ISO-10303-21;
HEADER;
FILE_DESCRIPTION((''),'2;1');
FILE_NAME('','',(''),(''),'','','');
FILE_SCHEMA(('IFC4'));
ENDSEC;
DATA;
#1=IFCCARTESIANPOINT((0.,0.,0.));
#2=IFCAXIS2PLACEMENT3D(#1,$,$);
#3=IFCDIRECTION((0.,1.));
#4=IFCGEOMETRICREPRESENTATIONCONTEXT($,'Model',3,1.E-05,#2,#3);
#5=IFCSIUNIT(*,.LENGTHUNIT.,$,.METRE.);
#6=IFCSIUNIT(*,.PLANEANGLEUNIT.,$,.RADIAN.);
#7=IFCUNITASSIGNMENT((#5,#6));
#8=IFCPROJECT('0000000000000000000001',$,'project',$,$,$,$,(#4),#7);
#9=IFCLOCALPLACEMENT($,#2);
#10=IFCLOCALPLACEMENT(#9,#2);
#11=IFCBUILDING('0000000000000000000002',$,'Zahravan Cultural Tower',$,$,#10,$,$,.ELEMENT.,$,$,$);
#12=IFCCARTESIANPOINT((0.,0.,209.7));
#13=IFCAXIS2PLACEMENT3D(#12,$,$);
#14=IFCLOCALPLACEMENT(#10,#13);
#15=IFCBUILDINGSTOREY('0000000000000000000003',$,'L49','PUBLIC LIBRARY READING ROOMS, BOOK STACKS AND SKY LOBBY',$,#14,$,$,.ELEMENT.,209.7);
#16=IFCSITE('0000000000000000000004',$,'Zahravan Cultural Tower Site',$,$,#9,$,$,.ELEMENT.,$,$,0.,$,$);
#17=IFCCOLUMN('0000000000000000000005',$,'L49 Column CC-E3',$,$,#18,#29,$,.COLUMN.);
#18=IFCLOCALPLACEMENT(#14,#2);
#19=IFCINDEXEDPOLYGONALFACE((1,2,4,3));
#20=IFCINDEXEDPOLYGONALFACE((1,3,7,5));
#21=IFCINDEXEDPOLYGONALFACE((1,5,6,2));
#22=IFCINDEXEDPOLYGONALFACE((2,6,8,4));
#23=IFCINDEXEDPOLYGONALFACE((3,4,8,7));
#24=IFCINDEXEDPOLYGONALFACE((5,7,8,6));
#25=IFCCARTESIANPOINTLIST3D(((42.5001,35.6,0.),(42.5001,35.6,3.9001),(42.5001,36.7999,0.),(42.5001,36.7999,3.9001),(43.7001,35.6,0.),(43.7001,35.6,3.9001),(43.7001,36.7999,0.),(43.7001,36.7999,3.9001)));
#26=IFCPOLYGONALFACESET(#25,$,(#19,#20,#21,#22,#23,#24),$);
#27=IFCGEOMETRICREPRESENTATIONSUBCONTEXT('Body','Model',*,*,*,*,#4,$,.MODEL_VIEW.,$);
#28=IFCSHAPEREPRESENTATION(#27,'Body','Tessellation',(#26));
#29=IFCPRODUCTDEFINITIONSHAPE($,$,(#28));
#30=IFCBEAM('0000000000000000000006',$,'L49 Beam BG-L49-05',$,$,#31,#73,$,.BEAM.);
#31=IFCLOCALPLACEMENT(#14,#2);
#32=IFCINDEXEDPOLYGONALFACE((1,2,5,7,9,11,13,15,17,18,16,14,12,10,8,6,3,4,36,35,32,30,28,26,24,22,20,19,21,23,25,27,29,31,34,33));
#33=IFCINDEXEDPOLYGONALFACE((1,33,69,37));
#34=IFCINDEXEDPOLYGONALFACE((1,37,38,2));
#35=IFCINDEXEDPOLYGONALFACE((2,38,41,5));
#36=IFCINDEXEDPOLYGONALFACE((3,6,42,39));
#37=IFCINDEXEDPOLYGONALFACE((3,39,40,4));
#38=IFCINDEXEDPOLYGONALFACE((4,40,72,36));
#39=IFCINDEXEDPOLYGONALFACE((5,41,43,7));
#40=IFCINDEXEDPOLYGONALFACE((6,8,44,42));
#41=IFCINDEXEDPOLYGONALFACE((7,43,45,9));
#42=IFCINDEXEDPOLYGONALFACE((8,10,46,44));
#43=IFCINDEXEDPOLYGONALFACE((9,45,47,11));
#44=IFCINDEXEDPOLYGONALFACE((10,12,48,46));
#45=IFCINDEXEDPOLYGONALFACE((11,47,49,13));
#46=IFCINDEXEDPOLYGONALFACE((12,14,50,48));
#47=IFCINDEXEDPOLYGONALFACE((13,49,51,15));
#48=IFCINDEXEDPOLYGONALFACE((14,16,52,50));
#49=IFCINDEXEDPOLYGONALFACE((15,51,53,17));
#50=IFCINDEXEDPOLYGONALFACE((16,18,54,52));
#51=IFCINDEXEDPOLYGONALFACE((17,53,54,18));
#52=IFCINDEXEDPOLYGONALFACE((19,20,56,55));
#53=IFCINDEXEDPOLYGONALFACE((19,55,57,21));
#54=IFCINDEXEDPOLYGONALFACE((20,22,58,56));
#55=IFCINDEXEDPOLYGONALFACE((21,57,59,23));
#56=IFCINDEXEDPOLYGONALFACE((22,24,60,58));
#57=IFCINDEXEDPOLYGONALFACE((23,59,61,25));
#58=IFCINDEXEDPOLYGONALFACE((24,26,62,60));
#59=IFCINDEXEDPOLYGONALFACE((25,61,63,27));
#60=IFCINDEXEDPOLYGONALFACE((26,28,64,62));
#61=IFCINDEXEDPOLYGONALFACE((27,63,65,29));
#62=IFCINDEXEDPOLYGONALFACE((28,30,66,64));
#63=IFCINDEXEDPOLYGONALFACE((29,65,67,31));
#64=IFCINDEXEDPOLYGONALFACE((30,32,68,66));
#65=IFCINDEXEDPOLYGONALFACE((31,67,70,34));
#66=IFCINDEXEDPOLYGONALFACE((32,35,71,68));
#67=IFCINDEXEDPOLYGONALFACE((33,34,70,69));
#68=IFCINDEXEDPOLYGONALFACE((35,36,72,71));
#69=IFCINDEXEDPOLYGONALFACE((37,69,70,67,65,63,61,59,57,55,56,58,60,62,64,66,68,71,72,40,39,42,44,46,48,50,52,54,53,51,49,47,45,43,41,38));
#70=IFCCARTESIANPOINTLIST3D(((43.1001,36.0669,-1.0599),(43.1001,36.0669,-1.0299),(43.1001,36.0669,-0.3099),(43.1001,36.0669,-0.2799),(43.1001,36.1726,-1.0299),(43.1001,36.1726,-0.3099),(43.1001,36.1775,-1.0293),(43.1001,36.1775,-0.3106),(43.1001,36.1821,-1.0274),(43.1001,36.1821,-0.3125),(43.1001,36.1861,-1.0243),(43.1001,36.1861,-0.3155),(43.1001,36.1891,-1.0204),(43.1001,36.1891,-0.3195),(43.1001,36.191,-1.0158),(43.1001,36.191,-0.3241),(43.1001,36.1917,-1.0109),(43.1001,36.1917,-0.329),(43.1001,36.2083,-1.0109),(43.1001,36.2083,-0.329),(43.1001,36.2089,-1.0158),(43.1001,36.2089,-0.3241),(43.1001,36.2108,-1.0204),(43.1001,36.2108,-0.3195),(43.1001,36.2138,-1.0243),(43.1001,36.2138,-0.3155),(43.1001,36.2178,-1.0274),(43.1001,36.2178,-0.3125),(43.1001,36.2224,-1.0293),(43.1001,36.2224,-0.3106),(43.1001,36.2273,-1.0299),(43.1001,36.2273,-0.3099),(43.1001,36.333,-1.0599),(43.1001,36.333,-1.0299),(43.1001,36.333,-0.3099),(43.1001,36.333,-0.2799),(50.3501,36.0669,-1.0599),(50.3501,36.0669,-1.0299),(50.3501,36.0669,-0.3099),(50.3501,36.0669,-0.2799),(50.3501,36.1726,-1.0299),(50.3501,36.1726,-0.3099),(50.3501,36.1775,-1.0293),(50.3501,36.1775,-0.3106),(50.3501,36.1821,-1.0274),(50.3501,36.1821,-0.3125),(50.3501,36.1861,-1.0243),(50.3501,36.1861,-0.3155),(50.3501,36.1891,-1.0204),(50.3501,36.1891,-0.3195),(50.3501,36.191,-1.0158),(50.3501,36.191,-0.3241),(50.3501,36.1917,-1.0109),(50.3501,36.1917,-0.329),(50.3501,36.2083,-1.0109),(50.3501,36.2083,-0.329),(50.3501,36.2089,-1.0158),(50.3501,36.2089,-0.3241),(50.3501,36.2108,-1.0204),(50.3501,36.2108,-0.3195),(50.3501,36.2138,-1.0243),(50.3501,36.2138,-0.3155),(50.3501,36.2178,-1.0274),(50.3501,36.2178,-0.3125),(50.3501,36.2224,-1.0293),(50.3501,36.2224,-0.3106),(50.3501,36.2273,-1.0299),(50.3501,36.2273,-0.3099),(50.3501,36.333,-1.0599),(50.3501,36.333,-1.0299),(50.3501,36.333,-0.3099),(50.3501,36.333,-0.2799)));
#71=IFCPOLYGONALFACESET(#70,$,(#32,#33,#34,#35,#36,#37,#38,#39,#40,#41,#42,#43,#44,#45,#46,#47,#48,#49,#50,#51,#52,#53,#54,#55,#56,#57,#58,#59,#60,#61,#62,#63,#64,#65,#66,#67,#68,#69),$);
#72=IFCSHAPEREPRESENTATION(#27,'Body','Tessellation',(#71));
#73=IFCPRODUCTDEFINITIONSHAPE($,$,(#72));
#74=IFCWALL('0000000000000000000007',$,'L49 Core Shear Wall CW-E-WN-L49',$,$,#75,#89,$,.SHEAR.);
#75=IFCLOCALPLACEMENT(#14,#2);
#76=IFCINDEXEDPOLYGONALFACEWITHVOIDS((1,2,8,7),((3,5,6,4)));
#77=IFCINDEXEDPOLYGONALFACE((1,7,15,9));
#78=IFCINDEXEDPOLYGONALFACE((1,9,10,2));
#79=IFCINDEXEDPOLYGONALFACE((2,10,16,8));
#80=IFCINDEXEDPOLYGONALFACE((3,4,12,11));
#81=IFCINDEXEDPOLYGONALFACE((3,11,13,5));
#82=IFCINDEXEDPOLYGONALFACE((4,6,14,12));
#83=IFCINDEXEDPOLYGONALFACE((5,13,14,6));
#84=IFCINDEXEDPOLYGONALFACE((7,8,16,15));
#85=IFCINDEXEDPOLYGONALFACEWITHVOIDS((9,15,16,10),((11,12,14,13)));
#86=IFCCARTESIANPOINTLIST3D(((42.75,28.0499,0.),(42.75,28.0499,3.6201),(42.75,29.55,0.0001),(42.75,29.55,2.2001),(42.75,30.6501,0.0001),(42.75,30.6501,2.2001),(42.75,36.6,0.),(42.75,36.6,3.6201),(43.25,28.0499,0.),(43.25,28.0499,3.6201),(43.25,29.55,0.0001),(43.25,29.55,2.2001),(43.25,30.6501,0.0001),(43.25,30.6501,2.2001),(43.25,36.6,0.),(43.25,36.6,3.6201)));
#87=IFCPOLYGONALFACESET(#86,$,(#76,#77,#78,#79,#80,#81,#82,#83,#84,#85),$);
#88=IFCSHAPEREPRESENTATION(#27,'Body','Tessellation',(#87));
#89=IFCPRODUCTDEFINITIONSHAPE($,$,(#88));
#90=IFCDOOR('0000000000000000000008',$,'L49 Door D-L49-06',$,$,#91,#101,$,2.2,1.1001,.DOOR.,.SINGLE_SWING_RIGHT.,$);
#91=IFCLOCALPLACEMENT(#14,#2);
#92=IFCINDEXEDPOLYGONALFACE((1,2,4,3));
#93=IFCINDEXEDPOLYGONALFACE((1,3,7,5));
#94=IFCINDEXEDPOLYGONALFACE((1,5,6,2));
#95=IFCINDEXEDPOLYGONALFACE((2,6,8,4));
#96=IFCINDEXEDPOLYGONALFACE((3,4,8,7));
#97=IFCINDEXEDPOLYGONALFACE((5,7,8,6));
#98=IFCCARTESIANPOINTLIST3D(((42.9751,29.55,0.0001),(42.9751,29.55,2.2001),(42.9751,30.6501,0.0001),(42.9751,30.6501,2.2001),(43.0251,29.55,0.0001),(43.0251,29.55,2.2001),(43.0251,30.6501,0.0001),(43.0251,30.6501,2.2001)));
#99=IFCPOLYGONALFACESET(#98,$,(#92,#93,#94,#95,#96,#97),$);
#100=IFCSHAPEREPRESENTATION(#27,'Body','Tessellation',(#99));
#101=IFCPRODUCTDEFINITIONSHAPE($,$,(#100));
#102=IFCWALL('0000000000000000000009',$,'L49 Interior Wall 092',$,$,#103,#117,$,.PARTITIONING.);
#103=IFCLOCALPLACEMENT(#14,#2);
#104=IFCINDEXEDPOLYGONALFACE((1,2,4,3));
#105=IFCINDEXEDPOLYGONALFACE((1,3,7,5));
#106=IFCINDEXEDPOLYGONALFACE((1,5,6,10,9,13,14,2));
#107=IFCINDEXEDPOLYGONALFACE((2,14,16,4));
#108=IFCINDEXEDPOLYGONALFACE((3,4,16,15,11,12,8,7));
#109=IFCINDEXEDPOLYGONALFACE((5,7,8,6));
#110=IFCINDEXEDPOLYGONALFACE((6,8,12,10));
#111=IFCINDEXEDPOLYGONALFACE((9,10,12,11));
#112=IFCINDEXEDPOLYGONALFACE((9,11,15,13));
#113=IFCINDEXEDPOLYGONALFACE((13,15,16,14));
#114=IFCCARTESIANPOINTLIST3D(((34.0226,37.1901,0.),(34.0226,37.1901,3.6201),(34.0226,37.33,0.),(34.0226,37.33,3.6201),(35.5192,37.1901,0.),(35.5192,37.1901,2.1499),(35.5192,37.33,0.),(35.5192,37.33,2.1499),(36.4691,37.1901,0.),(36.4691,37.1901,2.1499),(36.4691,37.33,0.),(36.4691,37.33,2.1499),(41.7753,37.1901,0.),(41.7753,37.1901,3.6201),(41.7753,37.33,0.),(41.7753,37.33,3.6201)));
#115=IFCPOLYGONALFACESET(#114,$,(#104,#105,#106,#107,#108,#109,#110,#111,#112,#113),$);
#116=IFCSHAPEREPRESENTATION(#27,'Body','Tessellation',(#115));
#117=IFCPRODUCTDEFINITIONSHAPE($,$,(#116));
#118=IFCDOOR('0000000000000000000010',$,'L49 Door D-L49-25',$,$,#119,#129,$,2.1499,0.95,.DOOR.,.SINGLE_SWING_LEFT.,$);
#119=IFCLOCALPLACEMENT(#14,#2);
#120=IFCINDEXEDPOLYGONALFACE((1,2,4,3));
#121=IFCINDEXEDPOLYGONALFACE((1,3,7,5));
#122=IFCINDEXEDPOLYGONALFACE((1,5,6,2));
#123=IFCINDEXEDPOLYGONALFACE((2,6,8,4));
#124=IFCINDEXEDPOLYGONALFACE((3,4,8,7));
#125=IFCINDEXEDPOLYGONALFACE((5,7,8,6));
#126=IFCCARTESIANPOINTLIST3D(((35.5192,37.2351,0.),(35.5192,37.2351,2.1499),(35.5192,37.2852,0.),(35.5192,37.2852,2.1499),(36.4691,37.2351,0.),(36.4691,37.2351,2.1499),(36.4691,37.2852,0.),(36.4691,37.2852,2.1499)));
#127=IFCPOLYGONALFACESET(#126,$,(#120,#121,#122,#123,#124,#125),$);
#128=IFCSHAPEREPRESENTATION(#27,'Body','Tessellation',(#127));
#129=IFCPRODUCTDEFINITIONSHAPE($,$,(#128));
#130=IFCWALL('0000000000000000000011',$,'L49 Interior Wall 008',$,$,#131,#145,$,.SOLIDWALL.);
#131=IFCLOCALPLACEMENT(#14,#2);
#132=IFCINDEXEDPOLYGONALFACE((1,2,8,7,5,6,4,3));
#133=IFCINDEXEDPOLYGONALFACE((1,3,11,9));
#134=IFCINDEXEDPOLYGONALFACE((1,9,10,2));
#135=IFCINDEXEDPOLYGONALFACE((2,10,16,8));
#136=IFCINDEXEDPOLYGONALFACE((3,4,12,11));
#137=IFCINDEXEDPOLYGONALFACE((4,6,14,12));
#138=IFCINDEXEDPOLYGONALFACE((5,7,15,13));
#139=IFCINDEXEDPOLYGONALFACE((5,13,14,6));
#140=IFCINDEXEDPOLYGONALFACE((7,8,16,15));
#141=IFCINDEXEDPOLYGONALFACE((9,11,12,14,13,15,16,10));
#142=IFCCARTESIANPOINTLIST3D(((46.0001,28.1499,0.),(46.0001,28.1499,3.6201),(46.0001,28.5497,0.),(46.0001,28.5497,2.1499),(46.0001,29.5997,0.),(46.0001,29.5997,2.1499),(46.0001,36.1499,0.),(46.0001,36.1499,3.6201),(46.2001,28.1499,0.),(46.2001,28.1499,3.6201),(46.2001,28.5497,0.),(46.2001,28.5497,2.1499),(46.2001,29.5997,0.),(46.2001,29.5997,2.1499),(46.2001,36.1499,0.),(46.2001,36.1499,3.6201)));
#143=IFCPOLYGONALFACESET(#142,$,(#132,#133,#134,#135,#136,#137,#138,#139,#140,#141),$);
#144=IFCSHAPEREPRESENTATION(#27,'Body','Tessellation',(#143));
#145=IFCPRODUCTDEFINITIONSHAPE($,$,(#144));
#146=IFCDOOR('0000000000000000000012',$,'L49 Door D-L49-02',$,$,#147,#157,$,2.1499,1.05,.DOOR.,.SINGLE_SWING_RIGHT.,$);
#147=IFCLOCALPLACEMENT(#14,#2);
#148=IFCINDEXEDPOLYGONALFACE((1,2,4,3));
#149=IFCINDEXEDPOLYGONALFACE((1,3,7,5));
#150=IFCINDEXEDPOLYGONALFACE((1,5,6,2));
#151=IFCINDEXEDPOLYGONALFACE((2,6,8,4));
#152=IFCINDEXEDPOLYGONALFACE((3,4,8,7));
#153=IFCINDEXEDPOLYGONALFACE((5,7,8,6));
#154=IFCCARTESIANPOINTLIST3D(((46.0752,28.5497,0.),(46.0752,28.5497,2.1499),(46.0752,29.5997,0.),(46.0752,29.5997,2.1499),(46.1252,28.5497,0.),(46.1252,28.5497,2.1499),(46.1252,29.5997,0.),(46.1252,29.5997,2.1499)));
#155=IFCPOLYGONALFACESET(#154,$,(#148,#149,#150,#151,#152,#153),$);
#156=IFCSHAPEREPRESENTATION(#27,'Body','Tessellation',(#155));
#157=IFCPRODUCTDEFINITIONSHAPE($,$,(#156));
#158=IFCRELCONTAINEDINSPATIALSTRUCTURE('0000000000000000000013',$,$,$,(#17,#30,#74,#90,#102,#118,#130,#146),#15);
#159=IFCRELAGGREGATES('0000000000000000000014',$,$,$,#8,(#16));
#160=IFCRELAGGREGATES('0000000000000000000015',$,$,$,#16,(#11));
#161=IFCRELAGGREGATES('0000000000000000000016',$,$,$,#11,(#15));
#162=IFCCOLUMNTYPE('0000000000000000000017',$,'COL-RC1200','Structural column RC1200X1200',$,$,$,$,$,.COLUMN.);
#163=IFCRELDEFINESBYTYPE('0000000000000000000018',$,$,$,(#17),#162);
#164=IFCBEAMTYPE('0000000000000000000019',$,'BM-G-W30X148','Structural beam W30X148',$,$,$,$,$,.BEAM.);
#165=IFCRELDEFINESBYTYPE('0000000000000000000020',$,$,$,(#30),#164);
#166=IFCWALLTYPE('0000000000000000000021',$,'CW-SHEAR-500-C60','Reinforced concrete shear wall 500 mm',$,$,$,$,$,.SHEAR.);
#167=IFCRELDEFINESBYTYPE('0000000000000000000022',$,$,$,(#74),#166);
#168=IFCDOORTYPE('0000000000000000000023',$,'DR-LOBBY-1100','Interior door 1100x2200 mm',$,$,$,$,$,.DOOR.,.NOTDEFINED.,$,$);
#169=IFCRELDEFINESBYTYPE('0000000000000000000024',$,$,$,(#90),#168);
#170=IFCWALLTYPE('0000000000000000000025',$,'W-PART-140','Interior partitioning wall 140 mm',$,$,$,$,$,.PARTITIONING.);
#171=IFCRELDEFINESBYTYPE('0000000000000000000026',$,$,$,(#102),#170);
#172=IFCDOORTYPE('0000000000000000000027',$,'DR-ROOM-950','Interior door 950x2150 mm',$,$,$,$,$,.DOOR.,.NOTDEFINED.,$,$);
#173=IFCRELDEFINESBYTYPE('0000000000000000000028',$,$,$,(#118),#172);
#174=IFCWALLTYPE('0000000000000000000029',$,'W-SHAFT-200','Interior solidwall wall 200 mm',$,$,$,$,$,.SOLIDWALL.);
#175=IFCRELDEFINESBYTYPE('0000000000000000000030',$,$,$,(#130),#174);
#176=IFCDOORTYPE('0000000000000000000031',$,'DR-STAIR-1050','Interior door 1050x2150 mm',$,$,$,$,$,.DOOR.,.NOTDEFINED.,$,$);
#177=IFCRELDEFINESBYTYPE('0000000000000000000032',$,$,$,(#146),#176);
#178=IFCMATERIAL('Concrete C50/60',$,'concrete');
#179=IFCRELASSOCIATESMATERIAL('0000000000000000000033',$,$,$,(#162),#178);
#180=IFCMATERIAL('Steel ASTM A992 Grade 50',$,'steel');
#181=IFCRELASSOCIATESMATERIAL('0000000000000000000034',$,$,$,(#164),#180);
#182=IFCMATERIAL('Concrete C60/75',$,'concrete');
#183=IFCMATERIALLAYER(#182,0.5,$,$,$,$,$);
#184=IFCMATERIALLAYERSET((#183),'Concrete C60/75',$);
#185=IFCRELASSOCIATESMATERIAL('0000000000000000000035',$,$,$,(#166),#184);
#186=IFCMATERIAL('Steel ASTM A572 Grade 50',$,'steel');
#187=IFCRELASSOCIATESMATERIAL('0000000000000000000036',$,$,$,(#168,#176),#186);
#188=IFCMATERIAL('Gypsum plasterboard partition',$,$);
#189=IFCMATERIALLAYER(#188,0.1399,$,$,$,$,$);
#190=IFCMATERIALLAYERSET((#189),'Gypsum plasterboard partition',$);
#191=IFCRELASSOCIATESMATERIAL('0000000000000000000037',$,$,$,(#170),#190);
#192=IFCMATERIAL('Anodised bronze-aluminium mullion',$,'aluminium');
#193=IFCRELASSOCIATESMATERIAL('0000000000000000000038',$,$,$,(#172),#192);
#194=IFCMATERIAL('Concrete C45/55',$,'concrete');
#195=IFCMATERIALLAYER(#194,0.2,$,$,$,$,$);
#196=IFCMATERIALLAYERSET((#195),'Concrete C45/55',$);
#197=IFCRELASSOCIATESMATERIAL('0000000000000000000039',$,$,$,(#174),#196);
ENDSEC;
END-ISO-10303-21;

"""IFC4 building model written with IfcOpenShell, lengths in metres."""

from ifc_helpers import new_model, si_unit, direction, frame, frame_2d, origin, origin_2d, place, context, subcontext, project, spatial, rectangle, i_section, extrude, source, transform, mapped, material, layer, layer_set, material_profile, profile_set, type_object, element, fill, save


model = new_model("IFC4")

# Units and contexts
model_context = context("Model", 3, precision=1e-05, world=origin(), true_north=direction((0.0, 1.0)))
body_context = subcontext(model_context, "Body", "Model", "MODEL_VIEW")
ifc_project = project(units=[si_unit("LENGTHUNIT", "METRE"), si_unit("PLANEANGLEUNIT", "RADIAN")], contexts=[model_context])

# Site, building, storey
site_placement = place(None, origin())
site = spatial("IfcSite", under=ifc_project, at=site_placement, Name="Zahravan Cultural Tower Site", CompositionType="ELEMENT", RefElevation=0.0)
building_placement = place(site_placement, origin())
building = spatial("IfcBuilding", under=site, at=building_placement, Name="Zahravan Cultural Tower", CompositionType="ELEMENT")
storey_placement = place(building_placement, frame((0.0, 0.0, 209.7)))
storey = spatial("IfcBuildingStorey", under=building, at=storey_placement, Name="L49", Description="PUBLIC LIBRARY READING ROOMS, BOOK STACKS AND SKY LOBBY", CompositionType="ELEMENT", Elevation=209.7)

# Column
ifc_material_1 = material(Name="Concrete C50/60", Category="concrete")
ifc_material_profile_1 = material_profile(ifc_material_1, rectangle(XDim=1.2, YDim=1.2, at=origin_2d()), Name="RC1200X1200")
ifc_profile_set_1 = profile_set([ifc_material_profile_1], Name="Concrete C50/60")
column_type = type_object("IfcColumnType", Name="COL-RC1200", Description="Structural column RC1200X1200", PredefinedType="COLUMN", material=ifc_profile_set_1)
shared_shape_1 = source(origin(), body_context, "Body", "SweptSolid", [
    extrude(rectangle(XDim=1.2, YDim=1.2, at=origin_2d()), origin(), (0.0, 0.0, 1.0), 3.9001),
])
column_placement = place(storey_placement, frame((43.1001, 36.2, 0.0), z_axis=(0.0, 0.0, 1.0), x_axis=(1.0, 0.0, 0.0)))
element("IfcColumn", 1, at=column_placement, inside=storey, type_object=column_type, Name="L49 Column CC-E3", PredefinedType="COLUMN", context=body_context, shape_type="MappedRepresentation", body=[
    mapped(shared_shape_1, transform((0.0, 0.0, 0.0), x_axis=(1.0, 0.0, 0.0), y_axis=(0.0, 1.0, 0.0), z_axis=(0.0, 0.0, 1.0), scale=1.0)),
])

# Beam
ifc_material_2 = material(Name="Steel ASTM A992 Grade 50", Category="steel")
ifc_material_profile_2 = material_profile(ifc_material_2, i_section(OverallWidth=0.2661, OverallDepth=0.78, WebThickness=0.0166, FlangeThickness=0.03, FilletRadius=0.019, at=origin_2d()), Name="W30X148")
ifc_profile_set_2 = profile_set([ifc_material_profile_2], Name="Steel ASTM A992 Grade 50")
beam_type = type_object("IfcBeamType", Name="BM-G-W30X148", Description="Structural beam W30X148", PredefinedType="BEAM", material=ifc_profile_set_2)
shared_shape_2 = source(origin(), body_context, "Body", "SweptSolid", [
    extrude(i_section(OverallWidth=0.2661, OverallDepth=0.78, WebThickness=0.0166, FlangeThickness=0.03, FilletRadius=0.019, at=origin_2d()), origin(), (0.0, 0.0, 1.0), 7.25),
])
beam_placement = place(storey_placement, frame((43.1001, 36.2, -0.6699), z_axis=(1.0, 0.0, 0.0), x_axis=(0.0, 1.0, 0.0)))
element("IfcBeam", 2, at=beam_placement, inside=storey, type_object=beam_type, Name="L49 Beam BG-L49-05", PredefinedType="BEAM", context=body_context, shape_type="MappedRepresentation", body=[
    mapped(shared_shape_2, transform((0.0, 0.0, 0.0), x_axis=(1.0, 0.0, 0.0), y_axis=(0.0, 1.0, 0.0), z_axis=(0.0, 0.0, 1.0), scale=1.0)),
])

# Walls, openings, doors
ifc_material_3 = material(Name="Concrete C60/75", Category="concrete")
ifc_layer_1 = layer(ifc_material_3, 0.5)
ifc_layer_set_1 = layer_set([ifc_layer_1], Name="Concrete C60/75")
wall_type_1 = type_object("IfcWallType", Name="CW-SHEAR-500-C60", Description="Reinforced concrete shear wall 500 mm", PredefinedType="SHEAR", material=ifc_layer_set_1)
wall_1_placement = place(storey_placement, frame((43.0, 28.05, 0.0), z_axis=(0.0, 0.0, 1.0), x_axis=(0.0, 1.0, 0.0)))
wall_1 = element("IfcWall", 3, at=wall_1_placement, inside=storey, type_object=wall_type_1, Name="L49 Core Shear Wall CW-E-WN-L49", PredefinedType="SHEAR", context=body_context, shape_type="SweptSolid", body=[
    extrude(rectangle(XDim=8.55, YDim=0.5, at=frame_2d((4.2749, 0.0))), origin(), (0.0, 0.0, 1.0), 3.6201),
])
opening_1_placement = place(wall_1_placement, frame((1.5, 0.0, 0.0)))
opening_1 = element("IfcOpeningElement", 4, at=opening_1_placement, cuts=wall_1, PredefinedType="OPENING", context=body_context, shape_type="SweptSolid", body=[
    extrude(rectangle(XDim=1.1001, YDim=2.2, at=frame_2d((0.55, 1.1001))), frame((0.0, 0.26, 0.0), z_axis=(0.0, -1.0, 0.0), x_axis=(1.0, 0.0, 0.0)), (0.0, 0.0, 1.0), 0.52),
])
ifc_material_4 = material(Name="Steel ASTM A572 Grade 50", Category="steel")
door_type_1 = type_object("IfcDoorType", Name="DR-LOBBY-1100", Description="Interior door 1100x2200 mm", OperationType="NOTDEFINED", PredefinedType="DOOR", material=ifc_material_4)
shared_shape_3 = source(origin(), body_context, "Body", "SweptSolid", [
    extrude(rectangle(XDim=1.1001, YDim=2.2, at=frame_2d((0.55, 1.1001))), frame((0.0, 0.0249, 0.0), z_axis=(0.0, -1.0, 0.0), x_axis=(1.0, 0.0, 0.0)), (0.0, 0.0, 1.0), 0.05),
])
door_1_placement = place(opening_1_placement, origin())
door_1 = element("IfcDoor", 5, at=door_1_placement, inside=storey, type_object=door_type_1, Name="L49 Door D-L49-06", OperationType="SINGLE_SWING_RIGHT", OverallHeight=2.2, OverallWidth=1.1001, PredefinedType="DOOR", context=body_context, shape_type="MappedRepresentation", body=[
    mapped(shared_shape_3, transform((0.0, 0.0, 0.0), x_axis=(1.0, 0.0, 0.0), y_axis=(0.0, 1.0, 0.0), z_axis=(0.0, 0.0, 1.0), scale=1.0)),
])
fill(opening_1, door_1)
ifc_material_5 = material(Name="Gypsum plasterboard partition")
ifc_layer_2 = layer(ifc_material_5, 0.1399)
ifc_layer_set_2 = layer_set([ifc_layer_2], Name="Gypsum plasterboard partition")
wall_type_2 = type_object("IfcWallType", Name="W-PART-140", Description="Interior partitioning wall 140 mm", PredefinedType="PARTITIONING", material=ifc_layer_set_2)
ifc_material_6 = material(Name="Anodised bronze-aluminium mullion", Category="aluminium")
door_type_2 = type_object("IfcDoorType", Name="DR-ROOM-950", Description="Interior door 950x2150 mm", OperationType="NOTDEFINED", PredefinedType="DOOR", material=ifc_material_6)
shared_shape_4 = source(origin(), body_context, "Body", "SweptSolid", [
    extrude(rectangle(XDim=0.95, YDim=2.1499, at=frame_2d((0.4751, 1.075))), frame((0.0, 0.0249, 0.0), z_axis=(0.0, -1.0, 0.0), x_axis=(1.0, 0.0, 0.0)), (0.0, 0.0, 1.0), 0.05),
])
wall_2_placement = place(storey_placement, frame((41.7754, 37.26, 0.0), z_axis=(0.0, 0.0, 1.0), x_axis=(-1.0, 0.0, 0.0)))
wall_2 = element("IfcWall", 6, at=wall_2_placement, inside=storey, type_object=wall_type_2, Name="L49 Interior Wall 092", PredefinedType="PARTITIONING", context=body_context, shape_type="SweptSolid", body=[
    extrude(rectangle(XDim=7.7527, YDim=0.1399, at=frame_2d((3.8765, 0.0))), origin(), (0.0, 0.0, 1.0), 3.6201),
])
opening_2_placement = place(wall_2_placement, frame((5.3062, 0.0, 0.0)))
opening_2 = element("IfcOpeningElement", 7, at=opening_2_placement, cuts=wall_2, PredefinedType="OPENING", context=body_context, shape_type="SweptSolid", body=[
    extrude(rectangle(XDim=0.95, YDim=2.1499, at=frame_2d((0.4751, 1.075))), frame((0.0, 0.0798, 0.0), z_axis=(0.0, -1.0, 0.0), x_axis=(1.0, 0.0, 0.0)), (0.0, 0.0, 1.0), 0.1599),
])
door_2_placement = place(opening_2_placement, origin())
door_2 = element("IfcDoor", 8, at=door_2_placement, inside=storey, type_object=door_type_2, Name="L49 Door D-L49-25", OperationType="SINGLE_SWING_LEFT", OverallHeight=2.1499, OverallWidth=0.95, PredefinedType="DOOR", context=body_context, shape_type="MappedRepresentation", body=[
    mapped(shared_shape_4, transform((0.0, 0.0, 0.0), x_axis=(1.0, 0.0, 0.0), y_axis=(0.0, 1.0, 0.0), z_axis=(0.0, 0.0, 1.0), scale=1.0)),
])
fill(opening_2, door_2)
ifc_material_7 = material(Name="Concrete C45/55", Category="concrete")
ifc_layer_3 = layer(ifc_material_7, 0.2)
ifc_layer_set_3 = layer_set([ifc_layer_3], Name="Concrete C45/55")
wall_type_3 = type_object("IfcWallType", Name="W-SHAFT-200", Description="Interior solidwall wall 200 mm", PredefinedType="SOLIDWALL", material=ifc_layer_set_3)
wall_3_placement = place(storey_placement, frame((46.1001, 28.1499, 0.0), z_axis=(0.0, 0.0, 1.0), x_axis=(0.0, 1.0, 0.0)))
wall_3 = element("IfcWall", 9, at=wall_3_placement, inside=storey, type_object=wall_type_3, Name="L49 Interior Wall 008", PredefinedType="SOLIDWALL", context=body_context, shape_type="SweptSolid", body=[
    extrude(rectangle(XDim=8.0, YDim=0.2, at=frame_2d((4.0, 0.0))), origin(), (0.0, 0.0, 1.0), 3.6201),
])
opening_3_placement = place(wall_3_placement, frame((0.3999, 0.0, 0.0)))
opening_3 = element("IfcOpeningElement", 10, at=opening_3_placement, cuts=wall_3, PredefinedType="OPENING", context=body_context, shape_type="SweptSolid", body=[
    extrude(rectangle(XDim=1.05, YDim=2.1499, at=frame_2d((0.5249, 1.075))), frame((0.0, 0.1099, 0.0), z_axis=(0.0, -1.0, 0.0), x_axis=(1.0, 0.0, 0.0)), (0.0, 0.0, 1.0), 0.22),
])
door_type_3 = type_object("IfcDoorType", Name="DR-STAIR-1050", Description="Interior door 1050x2150 mm", OperationType="NOTDEFINED", PredefinedType="DOOR", material=ifc_material_4)
shared_shape_5 = source(origin(), body_context, "Body", "SweptSolid", [
    extrude(rectangle(XDim=1.05, YDim=2.1499, at=frame_2d((0.5249, 1.075))), frame((0.0, 0.0249, 0.0), z_axis=(0.0, -1.0, 0.0), x_axis=(1.0, 0.0, 0.0)), (0.0, 0.0, 1.0), 0.05),
])
door_3_placement = place(opening_3_placement, origin())
door_3 = element("IfcDoor", 11, at=door_3_placement, inside=storey, type_object=door_type_3, Name="L49 Door D-L49-02", OperationType="SINGLE_SWING_RIGHT", OverallHeight=2.1499, OverallWidth=1.05, PredefinedType="DOOR", context=body_context, shape_type="MappedRepresentation", body=[
    mapped(shared_shape_5, transform((0.0, 0.0, 0.0), x_axis=(1.0, 0.0, 0.0), y_axis=(0.0, 1.0, 0.0), z_axis=(0.0, 0.0, 1.0), scale=1.0)),
])
fill(opening_3, door_3)

save(model, "model.ifc")
